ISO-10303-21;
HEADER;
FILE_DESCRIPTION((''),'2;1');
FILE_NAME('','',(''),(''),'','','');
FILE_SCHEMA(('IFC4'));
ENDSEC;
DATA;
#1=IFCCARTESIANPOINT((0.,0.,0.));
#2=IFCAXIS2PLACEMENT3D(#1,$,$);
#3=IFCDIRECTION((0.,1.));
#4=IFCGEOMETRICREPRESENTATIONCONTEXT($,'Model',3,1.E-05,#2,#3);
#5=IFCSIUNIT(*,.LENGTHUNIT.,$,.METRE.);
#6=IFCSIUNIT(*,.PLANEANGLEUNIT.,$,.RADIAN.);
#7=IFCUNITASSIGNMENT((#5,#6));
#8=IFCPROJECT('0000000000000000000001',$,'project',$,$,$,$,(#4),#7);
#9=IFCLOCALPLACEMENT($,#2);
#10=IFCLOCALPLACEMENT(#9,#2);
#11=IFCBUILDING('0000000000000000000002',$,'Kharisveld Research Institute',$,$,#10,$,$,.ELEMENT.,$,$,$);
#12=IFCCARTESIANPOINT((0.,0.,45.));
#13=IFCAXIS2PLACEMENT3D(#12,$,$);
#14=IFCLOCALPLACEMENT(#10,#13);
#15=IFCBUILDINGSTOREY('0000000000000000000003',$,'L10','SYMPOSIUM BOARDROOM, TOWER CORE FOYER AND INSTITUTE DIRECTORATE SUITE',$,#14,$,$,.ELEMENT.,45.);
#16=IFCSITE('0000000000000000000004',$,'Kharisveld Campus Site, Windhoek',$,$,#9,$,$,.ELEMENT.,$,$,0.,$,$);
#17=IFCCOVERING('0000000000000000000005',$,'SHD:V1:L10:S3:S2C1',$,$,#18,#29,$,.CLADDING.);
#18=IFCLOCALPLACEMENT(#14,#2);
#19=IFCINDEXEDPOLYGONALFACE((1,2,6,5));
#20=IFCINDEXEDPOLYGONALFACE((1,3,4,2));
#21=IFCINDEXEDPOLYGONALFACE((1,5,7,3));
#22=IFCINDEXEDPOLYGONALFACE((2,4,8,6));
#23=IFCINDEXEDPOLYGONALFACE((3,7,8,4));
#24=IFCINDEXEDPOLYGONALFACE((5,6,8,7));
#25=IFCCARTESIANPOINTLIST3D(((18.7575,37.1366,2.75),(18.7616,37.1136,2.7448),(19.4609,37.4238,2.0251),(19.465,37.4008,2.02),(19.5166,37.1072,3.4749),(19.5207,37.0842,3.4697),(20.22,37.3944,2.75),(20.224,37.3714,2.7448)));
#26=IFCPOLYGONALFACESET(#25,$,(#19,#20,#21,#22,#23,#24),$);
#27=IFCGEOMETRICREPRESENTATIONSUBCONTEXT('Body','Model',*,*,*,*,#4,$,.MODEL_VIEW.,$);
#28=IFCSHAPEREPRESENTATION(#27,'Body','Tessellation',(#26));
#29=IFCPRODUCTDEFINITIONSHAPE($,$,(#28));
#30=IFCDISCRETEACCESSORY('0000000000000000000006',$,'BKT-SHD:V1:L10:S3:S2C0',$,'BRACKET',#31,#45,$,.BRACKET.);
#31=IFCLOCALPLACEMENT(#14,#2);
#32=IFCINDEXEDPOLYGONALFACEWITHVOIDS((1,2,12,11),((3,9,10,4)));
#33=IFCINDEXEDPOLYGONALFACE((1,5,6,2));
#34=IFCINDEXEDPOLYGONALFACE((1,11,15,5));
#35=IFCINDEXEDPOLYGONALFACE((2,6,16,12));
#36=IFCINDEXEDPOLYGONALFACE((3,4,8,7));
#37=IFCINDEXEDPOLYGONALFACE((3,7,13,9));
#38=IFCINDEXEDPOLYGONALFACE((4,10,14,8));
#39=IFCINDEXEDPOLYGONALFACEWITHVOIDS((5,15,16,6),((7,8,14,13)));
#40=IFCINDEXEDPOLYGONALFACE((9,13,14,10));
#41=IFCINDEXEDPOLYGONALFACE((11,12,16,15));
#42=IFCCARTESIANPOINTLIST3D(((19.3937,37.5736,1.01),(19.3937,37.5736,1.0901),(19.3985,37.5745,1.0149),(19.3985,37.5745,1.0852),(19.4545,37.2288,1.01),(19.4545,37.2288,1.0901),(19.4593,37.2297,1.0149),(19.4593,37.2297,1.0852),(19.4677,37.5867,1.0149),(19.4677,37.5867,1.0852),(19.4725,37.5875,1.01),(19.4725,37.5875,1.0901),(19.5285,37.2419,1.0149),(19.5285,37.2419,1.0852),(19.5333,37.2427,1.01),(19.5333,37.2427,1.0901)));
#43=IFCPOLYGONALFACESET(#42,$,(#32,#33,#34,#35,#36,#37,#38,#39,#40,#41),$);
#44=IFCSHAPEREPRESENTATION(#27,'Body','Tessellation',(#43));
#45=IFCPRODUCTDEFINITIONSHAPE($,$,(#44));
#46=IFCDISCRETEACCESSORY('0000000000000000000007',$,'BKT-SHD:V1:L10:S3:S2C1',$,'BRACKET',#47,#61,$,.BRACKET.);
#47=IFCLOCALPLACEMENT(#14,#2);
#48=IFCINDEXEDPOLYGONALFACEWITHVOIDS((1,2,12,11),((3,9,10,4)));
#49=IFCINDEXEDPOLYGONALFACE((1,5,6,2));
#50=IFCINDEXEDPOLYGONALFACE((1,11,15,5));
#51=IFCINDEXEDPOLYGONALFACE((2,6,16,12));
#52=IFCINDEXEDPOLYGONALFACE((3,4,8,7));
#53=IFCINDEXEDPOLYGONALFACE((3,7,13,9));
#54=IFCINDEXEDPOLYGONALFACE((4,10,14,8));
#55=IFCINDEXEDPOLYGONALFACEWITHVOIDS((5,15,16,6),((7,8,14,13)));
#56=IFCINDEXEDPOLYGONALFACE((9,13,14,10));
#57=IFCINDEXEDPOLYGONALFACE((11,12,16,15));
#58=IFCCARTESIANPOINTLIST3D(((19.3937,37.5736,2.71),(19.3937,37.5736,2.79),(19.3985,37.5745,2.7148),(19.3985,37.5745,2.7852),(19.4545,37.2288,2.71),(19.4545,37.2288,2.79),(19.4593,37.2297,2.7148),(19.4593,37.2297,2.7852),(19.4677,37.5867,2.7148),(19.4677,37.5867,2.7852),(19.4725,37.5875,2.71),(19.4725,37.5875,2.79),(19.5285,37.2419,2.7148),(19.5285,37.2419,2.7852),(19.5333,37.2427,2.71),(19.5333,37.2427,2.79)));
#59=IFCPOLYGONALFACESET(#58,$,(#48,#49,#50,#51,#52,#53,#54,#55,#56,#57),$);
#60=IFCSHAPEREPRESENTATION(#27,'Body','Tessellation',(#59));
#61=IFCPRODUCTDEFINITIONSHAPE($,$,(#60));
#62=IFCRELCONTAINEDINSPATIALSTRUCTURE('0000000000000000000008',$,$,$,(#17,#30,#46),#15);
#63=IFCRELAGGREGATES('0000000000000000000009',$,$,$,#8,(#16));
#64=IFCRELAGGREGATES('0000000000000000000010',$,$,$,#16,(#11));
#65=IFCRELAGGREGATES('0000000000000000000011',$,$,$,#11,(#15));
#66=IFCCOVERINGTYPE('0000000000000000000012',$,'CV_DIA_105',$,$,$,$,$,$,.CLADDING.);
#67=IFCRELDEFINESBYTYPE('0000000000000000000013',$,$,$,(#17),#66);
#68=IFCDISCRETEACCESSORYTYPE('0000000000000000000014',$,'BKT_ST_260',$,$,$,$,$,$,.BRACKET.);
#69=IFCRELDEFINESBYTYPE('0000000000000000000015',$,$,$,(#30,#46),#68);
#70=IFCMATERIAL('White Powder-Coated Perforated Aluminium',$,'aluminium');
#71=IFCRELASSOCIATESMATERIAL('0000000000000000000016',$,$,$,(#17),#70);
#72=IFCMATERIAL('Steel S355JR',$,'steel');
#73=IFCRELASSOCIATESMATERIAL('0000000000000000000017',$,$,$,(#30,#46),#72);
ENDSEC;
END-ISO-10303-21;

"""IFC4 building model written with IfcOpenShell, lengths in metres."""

from ifc_helpers import new_model, si_unit, direction, frame, origin, origin_2d, place, context, subcontext, project, spatial, polyline, hollow_rectangle, outline, extrude, material, type_object, element, save


model = new_model("IFC4")

# Units and contexts
model_context = context("Model", 3, precision=1e-05, world=origin(), true_north=direction((0.0, 1.0)))
body_context = subcontext(model_context, "Body", "Model", "MODEL_VIEW")
ifc_project = project(units=[si_unit("LENGTHUNIT", "METRE"), si_unit("PLANEANGLEUNIT", "RADIAN")], contexts=[model_context])

# Site, building, storey
site_placement = place(None, origin())
site = spatial("IfcSite", under=ifc_project, at=site_placement, Name="Kharisveld Campus Site, Windhoek", CompositionType="ELEMENT", RefElevation=0.0)
building_placement = place(site_placement, origin())
building = spatial("IfcBuilding", under=site, at=building_placement, Name="Kharisveld Research Institute", CompositionType="ELEMENT")
storey_placement = place(building_placement, frame((0.0, 0.0, 45.0)))
storey = spatial("IfcBuildingStorey", under=building, at=storey_placement, Name="L10", Description="SYMPOSIUM BOARDROOM, TOWER CORE FOYER AND INSTITUTE DIRECTORATE SUITE", CompositionType="ELEMENT", Elevation=45.0)

# Covering
ifc_material_1 = material(Name="White Powder-Coated Perforated Aluminium", Category="aluminium")
covering_type = type_object("IfcCoveringType", Name="CV_DIA_105", PredefinedType="CLADDING")
covering_placement = place(storey_placement, frame((19.4609, 37.4238, 2.0251), z_axis=(-0.169498, 0.961453, 0.216512), x_axis=(-0.66983, -0.273536, 0.690294)))
element("IfcCovering", 1, at=covering_placement, inside=storey, type_object=covering_type, material=ifc_material_1, Name="SHD:V1:L10:S3:S2C1", PredefinedType="CLADDING", context=body_context, shape_type="SweptSolid", body=[
    extrude(outline(polyline([(0.0, 0.0), (1.0501, 0.0), (1.0501, 1.05), (0.0, 1.05), (0.0, 0.0)])), origin(), (0.0, 0.0, -1.0), 0.0239),
])

# Discrete accessories
ifc_material_2 = material(Name="Steel S355JR", Category="steel")
discrete_accessory_type = type_object("IfcDiscreteAccessoryType", Name="BKT_ST_260", PredefinedType="BRACKET")
for number, where, z_axis, x_axis, name in (
    (2, (19.4331, 37.5806, 1.05), (0.173666, -0.984805, 0.0), (0.984805, 0.173666, 0.0), "BKT-SHD:V1:L10:S3:S2C0"),
    (3, (19.4331, 37.5806, 2.75), (0.173666, -0.984805, 0.0), (0.984805, 0.173666, 0.0), "BKT-SHD:V1:L10:S3:S2C1"),
):
    element("IfcDiscreteAccessory", number, at=place(storey_placement, frame(where, z_axis=z_axis, x_axis=x_axis)), inside=storey, type_object=discrete_accessory_type, material=ifc_material_2, Name=name, ObjectType="BRACKET", PredefinedType="BRACKET", context=body_context, shape_type="SweptSolid", body=[
        extrude(hollow_rectangle(XDim=0.0801, YDim=0.0801, WallThickness=0.0049, at=origin_2d()), origin(), (0.0, 0.0, 1.0), 0.3501),
    ])

save(model, "model.ifc")
